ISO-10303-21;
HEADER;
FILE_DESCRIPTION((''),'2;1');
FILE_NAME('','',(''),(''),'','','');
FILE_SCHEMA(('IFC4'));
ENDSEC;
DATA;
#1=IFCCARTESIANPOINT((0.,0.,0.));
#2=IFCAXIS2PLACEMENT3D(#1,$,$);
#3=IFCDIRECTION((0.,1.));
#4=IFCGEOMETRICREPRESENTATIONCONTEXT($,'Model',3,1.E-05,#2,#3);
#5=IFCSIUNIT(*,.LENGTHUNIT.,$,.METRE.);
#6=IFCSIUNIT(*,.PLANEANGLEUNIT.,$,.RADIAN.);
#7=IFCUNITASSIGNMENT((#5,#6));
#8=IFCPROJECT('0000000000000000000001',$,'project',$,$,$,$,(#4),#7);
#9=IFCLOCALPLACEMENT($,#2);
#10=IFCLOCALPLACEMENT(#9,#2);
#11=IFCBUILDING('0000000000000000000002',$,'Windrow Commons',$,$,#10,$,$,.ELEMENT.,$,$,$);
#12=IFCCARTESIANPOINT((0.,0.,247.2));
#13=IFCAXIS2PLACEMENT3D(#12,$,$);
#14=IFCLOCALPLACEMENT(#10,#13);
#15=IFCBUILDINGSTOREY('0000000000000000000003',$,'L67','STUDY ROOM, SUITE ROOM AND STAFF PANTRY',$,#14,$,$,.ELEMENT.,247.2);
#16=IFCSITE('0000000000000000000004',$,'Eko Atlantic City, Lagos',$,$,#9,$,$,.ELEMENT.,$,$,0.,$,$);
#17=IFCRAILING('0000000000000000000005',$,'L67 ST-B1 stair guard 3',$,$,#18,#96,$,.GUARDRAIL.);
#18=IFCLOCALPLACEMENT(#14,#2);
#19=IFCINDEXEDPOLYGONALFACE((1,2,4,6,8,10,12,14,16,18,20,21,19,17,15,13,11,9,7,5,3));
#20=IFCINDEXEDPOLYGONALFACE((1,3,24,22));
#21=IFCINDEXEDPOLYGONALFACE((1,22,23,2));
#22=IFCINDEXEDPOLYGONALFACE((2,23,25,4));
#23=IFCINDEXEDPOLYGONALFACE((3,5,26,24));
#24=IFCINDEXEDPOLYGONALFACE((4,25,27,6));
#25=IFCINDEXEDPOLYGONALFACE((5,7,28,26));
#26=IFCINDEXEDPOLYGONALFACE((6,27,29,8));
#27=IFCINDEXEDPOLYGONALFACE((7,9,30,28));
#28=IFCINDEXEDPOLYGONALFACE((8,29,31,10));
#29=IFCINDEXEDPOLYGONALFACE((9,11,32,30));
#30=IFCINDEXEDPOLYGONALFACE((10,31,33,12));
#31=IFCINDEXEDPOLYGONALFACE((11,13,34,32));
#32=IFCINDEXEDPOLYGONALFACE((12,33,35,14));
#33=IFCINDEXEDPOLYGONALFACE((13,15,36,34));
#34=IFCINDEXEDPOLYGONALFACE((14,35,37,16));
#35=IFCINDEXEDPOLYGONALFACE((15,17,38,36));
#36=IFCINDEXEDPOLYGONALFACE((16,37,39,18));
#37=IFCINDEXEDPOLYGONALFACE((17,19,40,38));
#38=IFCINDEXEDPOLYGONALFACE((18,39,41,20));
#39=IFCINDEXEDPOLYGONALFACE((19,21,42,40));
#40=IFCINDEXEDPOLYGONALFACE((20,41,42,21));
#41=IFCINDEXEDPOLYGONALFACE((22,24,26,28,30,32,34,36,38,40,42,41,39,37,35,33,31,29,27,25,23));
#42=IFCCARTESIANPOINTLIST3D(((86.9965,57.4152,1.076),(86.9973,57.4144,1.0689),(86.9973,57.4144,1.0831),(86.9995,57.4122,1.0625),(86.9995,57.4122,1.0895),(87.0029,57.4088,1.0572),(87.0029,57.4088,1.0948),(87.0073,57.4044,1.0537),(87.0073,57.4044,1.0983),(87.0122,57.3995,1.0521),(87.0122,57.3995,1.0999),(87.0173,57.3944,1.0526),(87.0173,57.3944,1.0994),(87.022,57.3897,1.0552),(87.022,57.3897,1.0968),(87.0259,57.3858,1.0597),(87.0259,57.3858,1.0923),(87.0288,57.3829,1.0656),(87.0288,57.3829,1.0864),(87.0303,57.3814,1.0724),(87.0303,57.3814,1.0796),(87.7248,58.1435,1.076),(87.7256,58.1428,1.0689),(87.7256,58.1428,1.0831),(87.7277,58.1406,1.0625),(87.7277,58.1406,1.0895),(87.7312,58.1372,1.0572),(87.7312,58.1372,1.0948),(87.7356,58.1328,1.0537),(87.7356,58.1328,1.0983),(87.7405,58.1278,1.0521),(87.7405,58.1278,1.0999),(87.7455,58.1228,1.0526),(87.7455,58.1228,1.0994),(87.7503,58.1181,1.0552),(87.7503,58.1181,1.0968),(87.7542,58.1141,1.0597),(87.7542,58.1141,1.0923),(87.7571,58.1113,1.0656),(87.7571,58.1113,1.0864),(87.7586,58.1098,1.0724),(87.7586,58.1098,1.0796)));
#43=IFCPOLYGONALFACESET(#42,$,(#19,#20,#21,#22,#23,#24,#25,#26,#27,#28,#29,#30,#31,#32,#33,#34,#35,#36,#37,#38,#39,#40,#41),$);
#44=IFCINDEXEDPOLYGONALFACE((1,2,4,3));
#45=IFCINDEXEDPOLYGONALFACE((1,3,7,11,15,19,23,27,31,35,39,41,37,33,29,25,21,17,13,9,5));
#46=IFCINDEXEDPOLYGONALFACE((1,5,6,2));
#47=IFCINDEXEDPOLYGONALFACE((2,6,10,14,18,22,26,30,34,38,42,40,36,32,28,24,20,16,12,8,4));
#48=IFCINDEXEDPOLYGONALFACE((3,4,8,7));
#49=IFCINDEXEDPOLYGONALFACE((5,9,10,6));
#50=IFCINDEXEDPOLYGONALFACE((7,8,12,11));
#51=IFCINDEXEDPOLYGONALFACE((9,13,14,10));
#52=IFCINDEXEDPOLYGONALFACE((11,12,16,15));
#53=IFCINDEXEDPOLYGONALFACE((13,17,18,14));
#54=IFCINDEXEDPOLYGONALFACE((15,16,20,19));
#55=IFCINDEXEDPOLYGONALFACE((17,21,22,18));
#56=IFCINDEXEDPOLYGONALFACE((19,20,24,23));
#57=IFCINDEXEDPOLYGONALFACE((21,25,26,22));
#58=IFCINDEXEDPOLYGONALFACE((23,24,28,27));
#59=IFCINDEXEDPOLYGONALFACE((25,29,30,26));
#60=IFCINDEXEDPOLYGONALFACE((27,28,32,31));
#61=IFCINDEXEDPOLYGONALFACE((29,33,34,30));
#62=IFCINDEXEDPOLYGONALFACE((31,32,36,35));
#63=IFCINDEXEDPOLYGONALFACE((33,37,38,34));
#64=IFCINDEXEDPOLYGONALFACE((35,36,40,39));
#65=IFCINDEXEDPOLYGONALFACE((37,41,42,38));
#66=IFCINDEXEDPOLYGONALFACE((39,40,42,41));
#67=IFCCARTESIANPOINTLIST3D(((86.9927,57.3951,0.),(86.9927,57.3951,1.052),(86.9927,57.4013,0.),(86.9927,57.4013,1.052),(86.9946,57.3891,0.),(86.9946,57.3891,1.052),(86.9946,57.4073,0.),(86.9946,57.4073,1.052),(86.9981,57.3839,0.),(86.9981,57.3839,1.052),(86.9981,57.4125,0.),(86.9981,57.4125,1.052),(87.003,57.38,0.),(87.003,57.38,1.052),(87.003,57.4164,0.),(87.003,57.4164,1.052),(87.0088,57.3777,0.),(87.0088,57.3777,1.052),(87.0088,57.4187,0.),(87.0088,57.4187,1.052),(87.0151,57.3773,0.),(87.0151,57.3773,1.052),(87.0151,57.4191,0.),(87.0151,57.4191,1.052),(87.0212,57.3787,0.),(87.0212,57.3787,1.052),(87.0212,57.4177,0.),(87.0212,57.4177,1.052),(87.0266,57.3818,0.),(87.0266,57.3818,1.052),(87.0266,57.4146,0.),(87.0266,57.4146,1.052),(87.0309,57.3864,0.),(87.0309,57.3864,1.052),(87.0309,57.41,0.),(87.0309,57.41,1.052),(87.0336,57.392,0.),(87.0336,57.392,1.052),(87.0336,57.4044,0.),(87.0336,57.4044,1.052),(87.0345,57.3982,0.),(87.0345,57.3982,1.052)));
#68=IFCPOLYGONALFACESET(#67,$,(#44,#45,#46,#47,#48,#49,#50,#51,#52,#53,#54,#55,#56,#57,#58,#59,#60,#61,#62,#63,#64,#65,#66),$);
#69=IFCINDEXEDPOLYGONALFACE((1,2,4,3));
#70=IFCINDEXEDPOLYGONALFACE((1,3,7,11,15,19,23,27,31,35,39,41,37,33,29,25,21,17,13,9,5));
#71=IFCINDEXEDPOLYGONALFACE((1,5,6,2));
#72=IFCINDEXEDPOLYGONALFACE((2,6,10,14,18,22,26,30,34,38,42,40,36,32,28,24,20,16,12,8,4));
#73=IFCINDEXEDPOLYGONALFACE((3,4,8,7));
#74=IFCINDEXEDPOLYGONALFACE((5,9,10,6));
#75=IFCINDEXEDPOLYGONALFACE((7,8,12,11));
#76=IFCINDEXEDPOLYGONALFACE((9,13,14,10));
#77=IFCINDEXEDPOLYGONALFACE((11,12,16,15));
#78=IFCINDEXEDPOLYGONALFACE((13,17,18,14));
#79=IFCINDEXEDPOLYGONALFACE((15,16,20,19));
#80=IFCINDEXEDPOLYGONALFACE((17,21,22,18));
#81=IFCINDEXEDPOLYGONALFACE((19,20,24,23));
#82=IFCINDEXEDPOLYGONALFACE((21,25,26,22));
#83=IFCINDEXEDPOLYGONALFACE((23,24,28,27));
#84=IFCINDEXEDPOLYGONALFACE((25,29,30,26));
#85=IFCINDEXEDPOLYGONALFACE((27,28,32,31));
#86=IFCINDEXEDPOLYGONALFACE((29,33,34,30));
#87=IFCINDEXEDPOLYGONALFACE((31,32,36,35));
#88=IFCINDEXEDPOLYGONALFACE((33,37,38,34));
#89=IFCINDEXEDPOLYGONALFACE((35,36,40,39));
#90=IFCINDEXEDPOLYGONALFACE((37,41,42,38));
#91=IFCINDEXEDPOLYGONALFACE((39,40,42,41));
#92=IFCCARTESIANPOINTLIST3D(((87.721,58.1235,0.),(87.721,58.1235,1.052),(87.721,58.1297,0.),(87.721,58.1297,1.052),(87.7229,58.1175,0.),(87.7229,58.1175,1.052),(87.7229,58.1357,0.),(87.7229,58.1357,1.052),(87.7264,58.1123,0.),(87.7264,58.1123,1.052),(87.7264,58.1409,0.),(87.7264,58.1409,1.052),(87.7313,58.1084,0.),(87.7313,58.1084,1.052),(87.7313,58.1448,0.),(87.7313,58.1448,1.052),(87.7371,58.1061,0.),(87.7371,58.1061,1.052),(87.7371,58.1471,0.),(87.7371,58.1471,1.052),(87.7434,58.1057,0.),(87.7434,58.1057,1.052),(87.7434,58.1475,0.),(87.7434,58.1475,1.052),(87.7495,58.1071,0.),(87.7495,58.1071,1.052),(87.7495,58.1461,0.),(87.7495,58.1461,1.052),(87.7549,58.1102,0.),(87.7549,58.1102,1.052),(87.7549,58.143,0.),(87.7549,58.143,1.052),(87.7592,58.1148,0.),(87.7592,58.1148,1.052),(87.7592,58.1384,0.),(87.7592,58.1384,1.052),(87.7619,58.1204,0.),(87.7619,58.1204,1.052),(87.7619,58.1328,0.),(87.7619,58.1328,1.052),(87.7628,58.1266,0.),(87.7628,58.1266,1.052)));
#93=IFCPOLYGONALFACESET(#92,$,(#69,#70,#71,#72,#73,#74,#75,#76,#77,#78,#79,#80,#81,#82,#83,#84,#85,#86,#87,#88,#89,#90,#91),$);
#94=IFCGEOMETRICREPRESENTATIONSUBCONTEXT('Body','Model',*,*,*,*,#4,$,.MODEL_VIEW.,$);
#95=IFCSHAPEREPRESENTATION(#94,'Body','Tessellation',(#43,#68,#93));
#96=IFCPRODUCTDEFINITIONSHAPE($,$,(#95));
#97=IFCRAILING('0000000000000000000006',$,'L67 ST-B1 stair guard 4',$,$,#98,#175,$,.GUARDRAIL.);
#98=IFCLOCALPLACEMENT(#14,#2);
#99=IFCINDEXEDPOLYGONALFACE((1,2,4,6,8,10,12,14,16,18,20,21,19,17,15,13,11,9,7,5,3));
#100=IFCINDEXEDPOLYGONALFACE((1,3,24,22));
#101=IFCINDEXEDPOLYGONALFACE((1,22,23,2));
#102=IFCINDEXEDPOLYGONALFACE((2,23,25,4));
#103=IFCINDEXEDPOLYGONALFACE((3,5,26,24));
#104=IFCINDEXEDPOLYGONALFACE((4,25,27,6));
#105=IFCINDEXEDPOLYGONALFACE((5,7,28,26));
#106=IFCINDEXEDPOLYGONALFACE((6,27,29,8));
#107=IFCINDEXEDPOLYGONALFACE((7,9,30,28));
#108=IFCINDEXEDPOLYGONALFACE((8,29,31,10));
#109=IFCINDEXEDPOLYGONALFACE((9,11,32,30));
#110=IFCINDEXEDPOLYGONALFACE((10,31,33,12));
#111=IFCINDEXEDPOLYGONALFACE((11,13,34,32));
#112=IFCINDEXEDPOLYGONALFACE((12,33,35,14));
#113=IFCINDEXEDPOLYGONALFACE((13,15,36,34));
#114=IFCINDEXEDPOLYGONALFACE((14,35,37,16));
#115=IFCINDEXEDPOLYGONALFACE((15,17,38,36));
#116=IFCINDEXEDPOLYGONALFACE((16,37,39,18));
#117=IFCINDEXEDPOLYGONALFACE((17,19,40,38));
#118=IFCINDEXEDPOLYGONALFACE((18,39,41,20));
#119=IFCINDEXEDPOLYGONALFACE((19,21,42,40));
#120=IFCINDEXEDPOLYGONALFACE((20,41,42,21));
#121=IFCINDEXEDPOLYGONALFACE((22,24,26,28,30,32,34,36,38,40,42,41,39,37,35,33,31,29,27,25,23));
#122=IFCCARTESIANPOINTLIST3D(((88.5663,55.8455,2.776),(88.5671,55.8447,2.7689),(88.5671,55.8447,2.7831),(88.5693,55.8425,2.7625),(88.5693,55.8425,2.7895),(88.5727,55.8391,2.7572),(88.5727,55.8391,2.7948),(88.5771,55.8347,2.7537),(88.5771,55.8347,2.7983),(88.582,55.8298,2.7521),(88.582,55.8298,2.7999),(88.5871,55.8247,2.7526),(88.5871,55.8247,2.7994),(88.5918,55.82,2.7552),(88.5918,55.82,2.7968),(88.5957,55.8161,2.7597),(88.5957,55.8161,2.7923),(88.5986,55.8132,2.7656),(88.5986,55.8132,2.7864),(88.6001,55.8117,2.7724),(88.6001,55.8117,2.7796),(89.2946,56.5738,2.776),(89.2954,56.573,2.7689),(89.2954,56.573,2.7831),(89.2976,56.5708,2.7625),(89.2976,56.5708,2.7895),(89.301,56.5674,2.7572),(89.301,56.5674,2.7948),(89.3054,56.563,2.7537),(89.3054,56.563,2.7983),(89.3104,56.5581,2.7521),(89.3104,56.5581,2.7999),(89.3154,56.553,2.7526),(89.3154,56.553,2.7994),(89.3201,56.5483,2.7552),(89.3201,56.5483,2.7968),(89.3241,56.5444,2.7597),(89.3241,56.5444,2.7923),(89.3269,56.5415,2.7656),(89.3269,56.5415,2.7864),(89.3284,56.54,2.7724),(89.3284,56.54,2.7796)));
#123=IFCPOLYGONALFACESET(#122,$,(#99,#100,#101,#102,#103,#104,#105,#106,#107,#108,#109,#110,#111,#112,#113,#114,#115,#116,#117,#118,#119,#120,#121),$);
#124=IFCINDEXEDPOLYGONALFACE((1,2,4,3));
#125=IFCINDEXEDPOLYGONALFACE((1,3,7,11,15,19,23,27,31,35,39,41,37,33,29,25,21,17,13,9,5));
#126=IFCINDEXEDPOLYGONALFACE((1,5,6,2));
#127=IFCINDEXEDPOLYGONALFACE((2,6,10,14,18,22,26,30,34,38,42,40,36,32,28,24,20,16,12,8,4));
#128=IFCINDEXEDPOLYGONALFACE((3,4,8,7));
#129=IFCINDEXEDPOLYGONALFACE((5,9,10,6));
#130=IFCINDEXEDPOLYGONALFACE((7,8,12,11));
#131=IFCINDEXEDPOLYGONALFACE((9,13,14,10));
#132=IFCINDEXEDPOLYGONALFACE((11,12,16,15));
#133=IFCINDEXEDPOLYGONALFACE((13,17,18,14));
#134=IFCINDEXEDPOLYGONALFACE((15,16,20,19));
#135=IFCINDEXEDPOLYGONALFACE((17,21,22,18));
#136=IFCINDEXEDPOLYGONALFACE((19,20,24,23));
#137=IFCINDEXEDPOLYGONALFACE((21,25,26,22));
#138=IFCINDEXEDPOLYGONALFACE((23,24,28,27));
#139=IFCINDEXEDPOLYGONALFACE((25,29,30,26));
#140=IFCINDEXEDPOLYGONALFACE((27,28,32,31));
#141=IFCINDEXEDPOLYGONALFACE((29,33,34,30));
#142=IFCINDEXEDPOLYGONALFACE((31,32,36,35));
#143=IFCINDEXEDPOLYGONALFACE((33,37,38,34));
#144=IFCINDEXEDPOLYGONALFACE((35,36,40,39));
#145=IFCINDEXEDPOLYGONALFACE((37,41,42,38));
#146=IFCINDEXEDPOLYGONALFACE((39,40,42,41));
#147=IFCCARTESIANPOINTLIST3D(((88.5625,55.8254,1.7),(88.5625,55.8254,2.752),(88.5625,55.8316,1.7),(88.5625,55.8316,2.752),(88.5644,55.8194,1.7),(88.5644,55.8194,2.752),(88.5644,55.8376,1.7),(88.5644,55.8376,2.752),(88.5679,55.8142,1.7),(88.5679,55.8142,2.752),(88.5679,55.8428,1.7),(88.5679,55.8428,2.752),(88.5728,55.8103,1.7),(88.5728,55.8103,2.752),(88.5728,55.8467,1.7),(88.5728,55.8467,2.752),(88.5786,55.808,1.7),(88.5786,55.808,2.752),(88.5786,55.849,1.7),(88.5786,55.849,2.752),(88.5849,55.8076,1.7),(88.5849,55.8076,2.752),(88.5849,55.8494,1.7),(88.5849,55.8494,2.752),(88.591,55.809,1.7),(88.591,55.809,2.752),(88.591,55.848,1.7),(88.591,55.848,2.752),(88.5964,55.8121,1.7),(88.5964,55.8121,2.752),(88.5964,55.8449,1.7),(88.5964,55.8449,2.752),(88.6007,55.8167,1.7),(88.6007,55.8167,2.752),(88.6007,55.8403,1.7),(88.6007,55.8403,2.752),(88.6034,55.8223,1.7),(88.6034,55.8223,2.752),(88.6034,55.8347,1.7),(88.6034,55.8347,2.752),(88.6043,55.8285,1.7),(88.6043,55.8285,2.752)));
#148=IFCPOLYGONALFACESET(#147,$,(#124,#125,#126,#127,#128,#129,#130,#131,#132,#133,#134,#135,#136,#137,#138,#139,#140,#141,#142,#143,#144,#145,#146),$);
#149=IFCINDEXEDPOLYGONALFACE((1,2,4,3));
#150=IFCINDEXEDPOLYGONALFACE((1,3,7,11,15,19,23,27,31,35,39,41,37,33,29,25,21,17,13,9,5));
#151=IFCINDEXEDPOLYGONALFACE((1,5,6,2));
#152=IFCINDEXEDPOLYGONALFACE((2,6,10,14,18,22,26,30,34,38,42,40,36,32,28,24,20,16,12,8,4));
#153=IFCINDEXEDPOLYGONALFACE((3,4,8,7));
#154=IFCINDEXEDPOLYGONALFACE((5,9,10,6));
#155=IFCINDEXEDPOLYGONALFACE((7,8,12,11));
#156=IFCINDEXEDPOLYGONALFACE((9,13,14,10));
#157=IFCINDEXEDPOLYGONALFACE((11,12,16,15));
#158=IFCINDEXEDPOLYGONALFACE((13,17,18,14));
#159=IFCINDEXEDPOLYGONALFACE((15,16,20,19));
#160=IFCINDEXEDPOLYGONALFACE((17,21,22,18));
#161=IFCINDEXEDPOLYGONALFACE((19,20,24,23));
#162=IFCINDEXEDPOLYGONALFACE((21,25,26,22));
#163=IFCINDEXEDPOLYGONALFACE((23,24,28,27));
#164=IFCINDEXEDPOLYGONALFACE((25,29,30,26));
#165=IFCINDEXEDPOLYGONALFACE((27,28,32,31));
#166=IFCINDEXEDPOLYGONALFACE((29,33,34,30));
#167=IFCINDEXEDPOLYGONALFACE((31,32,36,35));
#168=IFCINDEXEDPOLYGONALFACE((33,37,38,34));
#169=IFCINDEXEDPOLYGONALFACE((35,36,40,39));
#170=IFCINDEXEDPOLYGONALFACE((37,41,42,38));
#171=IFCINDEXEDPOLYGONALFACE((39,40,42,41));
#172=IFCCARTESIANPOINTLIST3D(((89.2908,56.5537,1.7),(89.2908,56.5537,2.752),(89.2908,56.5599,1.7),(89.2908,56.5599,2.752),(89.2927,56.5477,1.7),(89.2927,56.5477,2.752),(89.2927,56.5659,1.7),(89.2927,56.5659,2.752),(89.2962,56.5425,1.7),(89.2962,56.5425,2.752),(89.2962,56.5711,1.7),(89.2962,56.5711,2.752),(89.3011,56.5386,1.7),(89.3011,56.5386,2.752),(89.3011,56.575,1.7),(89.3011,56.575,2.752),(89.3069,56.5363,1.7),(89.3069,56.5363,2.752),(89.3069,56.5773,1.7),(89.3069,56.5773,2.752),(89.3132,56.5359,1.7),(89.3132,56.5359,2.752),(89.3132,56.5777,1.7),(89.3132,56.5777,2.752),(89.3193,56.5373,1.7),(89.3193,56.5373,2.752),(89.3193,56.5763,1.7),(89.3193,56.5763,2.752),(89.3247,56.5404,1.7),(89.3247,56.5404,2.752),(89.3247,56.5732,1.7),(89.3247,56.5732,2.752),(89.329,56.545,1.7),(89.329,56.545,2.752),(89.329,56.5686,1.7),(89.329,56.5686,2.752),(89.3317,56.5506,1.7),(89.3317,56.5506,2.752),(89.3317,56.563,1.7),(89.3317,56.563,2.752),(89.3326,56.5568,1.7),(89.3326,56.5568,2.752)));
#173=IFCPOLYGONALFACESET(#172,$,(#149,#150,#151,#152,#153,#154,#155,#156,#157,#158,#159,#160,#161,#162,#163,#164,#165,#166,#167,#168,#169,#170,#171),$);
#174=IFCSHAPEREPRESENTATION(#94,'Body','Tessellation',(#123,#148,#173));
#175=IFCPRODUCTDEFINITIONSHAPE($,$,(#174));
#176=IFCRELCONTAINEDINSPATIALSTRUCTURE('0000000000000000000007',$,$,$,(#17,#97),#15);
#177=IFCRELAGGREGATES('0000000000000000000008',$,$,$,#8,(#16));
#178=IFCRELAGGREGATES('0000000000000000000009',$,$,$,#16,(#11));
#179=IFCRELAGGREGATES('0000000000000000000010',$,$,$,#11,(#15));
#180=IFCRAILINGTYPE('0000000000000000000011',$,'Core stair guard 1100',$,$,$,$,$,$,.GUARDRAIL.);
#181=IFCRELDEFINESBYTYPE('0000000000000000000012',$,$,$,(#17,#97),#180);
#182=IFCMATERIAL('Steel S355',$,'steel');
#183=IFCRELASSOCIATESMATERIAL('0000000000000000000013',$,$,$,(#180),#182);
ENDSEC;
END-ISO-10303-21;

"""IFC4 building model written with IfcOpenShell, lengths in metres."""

from ifc_helpers import new_model, si_unit, direction, frame, origin, origin_2d, place, context, subcontext, project, spatial, circle, extrude, material, type_object, element, save


model = new_model("IFC4")

# Units and contexts
model_context = context("Model", 3, precision=1e-05, world=origin(), true_north=direction((0.0, 1.0)))
body_context = subcontext(model_context, "Body", "Model", "MODEL_VIEW")
ifc_project = project(units=[si_unit("LENGTHUNIT", "METRE"), si_unit("PLANEANGLEUNIT", "RADIAN")], contexts=[model_context])

# Site, building, storey
site_placement = place(None, origin())
site = spatial("IfcSite", under=ifc_project, at=site_placement, Name="Eko Atlantic City, Lagos", CompositionType="ELEMENT", RefElevation=0.0)
building_placement = place(site_placement, origin())
building = spatial("IfcBuilding", under=site, at=building_placement, Name="Windrow Commons", CompositionType="ELEMENT")
storey_placement = place(building_placement, frame((0.0, 0.0, 247.2)))
storey = spatial("IfcBuildingStorey", under=building, at=storey_placement, Name="L67", Description="STUDY ROOM, SUITE ROOM AND STAFF PANTRY", CompositionType="ELEMENT", Elevation=247.2)

# Railings
ifc_material_1 = material(Name="Steel S355", Category="steel")
railing_type_1 = type_object("IfcRailingType", Name="Core stair guard 1100", PredefinedType="GUARDRAIL", material=ifc_material_1)
railing_1_placement = place(storey_placement, frame((87.0135, 57.3982, 0.0)))
element("IfcRailing", 1, at=railing_1_placement, inside=storey, type_object=railing_type_1, Name="L67 ST-B1 stair guard 3", PredefinedType="GUARDRAIL", context=body_context, shape_type="SweptSolid", body=[
    extrude(circle(Radius=0.024, at=origin_2d()), frame((0.0, 0.0, 1.076), z_axis=(0.707058, 0.707155, 0.0), x_axis=(-0.707155, 0.707058, 0.0)), (0.0, 0.0, 1.0), 1.03),
    extrude(circle(Radius=0.021, at=origin_2d()), origin(), (0.0, 0.0, 1.0), 1.052),
    extrude(circle(Radius=0.021, at=origin_2d()), frame((0.7283, 0.7284, 0.0)), (0.0, 0.0, 1.0), 1.052),
])
railing_2_placement = place(storey_placement, frame((88.5833, 55.8285, 1.7)))
element("IfcRailing", 2, at=railing_2_placement, inside=storey, type_object=railing_type_1, Name="L67 ST-B1 stair guard 4", PredefinedType="GUARDRAIL", context=body_context, shape_type="SweptSolid", body=[
    extrude(circle(Radius=0.024, at=origin_2d()), frame((0.0, 0.0, 1.076), z_axis=(0.707107, 0.707107, 0.0), x_axis=(-0.707107, 0.707107, 0.0)), (0.0, 0.0, 1.0), 1.03),
    extrude(circle(Radius=0.021, at=origin_2d()), origin(), (0.0, 0.0, 1.0), 1.052),
    extrude(circle(Radius=0.021, at=origin_2d()), frame((0.7283, 0.7283, 0.0)), (0.0, 0.0, 1.0), 1.052),
])

save(model, "model.ifc")
